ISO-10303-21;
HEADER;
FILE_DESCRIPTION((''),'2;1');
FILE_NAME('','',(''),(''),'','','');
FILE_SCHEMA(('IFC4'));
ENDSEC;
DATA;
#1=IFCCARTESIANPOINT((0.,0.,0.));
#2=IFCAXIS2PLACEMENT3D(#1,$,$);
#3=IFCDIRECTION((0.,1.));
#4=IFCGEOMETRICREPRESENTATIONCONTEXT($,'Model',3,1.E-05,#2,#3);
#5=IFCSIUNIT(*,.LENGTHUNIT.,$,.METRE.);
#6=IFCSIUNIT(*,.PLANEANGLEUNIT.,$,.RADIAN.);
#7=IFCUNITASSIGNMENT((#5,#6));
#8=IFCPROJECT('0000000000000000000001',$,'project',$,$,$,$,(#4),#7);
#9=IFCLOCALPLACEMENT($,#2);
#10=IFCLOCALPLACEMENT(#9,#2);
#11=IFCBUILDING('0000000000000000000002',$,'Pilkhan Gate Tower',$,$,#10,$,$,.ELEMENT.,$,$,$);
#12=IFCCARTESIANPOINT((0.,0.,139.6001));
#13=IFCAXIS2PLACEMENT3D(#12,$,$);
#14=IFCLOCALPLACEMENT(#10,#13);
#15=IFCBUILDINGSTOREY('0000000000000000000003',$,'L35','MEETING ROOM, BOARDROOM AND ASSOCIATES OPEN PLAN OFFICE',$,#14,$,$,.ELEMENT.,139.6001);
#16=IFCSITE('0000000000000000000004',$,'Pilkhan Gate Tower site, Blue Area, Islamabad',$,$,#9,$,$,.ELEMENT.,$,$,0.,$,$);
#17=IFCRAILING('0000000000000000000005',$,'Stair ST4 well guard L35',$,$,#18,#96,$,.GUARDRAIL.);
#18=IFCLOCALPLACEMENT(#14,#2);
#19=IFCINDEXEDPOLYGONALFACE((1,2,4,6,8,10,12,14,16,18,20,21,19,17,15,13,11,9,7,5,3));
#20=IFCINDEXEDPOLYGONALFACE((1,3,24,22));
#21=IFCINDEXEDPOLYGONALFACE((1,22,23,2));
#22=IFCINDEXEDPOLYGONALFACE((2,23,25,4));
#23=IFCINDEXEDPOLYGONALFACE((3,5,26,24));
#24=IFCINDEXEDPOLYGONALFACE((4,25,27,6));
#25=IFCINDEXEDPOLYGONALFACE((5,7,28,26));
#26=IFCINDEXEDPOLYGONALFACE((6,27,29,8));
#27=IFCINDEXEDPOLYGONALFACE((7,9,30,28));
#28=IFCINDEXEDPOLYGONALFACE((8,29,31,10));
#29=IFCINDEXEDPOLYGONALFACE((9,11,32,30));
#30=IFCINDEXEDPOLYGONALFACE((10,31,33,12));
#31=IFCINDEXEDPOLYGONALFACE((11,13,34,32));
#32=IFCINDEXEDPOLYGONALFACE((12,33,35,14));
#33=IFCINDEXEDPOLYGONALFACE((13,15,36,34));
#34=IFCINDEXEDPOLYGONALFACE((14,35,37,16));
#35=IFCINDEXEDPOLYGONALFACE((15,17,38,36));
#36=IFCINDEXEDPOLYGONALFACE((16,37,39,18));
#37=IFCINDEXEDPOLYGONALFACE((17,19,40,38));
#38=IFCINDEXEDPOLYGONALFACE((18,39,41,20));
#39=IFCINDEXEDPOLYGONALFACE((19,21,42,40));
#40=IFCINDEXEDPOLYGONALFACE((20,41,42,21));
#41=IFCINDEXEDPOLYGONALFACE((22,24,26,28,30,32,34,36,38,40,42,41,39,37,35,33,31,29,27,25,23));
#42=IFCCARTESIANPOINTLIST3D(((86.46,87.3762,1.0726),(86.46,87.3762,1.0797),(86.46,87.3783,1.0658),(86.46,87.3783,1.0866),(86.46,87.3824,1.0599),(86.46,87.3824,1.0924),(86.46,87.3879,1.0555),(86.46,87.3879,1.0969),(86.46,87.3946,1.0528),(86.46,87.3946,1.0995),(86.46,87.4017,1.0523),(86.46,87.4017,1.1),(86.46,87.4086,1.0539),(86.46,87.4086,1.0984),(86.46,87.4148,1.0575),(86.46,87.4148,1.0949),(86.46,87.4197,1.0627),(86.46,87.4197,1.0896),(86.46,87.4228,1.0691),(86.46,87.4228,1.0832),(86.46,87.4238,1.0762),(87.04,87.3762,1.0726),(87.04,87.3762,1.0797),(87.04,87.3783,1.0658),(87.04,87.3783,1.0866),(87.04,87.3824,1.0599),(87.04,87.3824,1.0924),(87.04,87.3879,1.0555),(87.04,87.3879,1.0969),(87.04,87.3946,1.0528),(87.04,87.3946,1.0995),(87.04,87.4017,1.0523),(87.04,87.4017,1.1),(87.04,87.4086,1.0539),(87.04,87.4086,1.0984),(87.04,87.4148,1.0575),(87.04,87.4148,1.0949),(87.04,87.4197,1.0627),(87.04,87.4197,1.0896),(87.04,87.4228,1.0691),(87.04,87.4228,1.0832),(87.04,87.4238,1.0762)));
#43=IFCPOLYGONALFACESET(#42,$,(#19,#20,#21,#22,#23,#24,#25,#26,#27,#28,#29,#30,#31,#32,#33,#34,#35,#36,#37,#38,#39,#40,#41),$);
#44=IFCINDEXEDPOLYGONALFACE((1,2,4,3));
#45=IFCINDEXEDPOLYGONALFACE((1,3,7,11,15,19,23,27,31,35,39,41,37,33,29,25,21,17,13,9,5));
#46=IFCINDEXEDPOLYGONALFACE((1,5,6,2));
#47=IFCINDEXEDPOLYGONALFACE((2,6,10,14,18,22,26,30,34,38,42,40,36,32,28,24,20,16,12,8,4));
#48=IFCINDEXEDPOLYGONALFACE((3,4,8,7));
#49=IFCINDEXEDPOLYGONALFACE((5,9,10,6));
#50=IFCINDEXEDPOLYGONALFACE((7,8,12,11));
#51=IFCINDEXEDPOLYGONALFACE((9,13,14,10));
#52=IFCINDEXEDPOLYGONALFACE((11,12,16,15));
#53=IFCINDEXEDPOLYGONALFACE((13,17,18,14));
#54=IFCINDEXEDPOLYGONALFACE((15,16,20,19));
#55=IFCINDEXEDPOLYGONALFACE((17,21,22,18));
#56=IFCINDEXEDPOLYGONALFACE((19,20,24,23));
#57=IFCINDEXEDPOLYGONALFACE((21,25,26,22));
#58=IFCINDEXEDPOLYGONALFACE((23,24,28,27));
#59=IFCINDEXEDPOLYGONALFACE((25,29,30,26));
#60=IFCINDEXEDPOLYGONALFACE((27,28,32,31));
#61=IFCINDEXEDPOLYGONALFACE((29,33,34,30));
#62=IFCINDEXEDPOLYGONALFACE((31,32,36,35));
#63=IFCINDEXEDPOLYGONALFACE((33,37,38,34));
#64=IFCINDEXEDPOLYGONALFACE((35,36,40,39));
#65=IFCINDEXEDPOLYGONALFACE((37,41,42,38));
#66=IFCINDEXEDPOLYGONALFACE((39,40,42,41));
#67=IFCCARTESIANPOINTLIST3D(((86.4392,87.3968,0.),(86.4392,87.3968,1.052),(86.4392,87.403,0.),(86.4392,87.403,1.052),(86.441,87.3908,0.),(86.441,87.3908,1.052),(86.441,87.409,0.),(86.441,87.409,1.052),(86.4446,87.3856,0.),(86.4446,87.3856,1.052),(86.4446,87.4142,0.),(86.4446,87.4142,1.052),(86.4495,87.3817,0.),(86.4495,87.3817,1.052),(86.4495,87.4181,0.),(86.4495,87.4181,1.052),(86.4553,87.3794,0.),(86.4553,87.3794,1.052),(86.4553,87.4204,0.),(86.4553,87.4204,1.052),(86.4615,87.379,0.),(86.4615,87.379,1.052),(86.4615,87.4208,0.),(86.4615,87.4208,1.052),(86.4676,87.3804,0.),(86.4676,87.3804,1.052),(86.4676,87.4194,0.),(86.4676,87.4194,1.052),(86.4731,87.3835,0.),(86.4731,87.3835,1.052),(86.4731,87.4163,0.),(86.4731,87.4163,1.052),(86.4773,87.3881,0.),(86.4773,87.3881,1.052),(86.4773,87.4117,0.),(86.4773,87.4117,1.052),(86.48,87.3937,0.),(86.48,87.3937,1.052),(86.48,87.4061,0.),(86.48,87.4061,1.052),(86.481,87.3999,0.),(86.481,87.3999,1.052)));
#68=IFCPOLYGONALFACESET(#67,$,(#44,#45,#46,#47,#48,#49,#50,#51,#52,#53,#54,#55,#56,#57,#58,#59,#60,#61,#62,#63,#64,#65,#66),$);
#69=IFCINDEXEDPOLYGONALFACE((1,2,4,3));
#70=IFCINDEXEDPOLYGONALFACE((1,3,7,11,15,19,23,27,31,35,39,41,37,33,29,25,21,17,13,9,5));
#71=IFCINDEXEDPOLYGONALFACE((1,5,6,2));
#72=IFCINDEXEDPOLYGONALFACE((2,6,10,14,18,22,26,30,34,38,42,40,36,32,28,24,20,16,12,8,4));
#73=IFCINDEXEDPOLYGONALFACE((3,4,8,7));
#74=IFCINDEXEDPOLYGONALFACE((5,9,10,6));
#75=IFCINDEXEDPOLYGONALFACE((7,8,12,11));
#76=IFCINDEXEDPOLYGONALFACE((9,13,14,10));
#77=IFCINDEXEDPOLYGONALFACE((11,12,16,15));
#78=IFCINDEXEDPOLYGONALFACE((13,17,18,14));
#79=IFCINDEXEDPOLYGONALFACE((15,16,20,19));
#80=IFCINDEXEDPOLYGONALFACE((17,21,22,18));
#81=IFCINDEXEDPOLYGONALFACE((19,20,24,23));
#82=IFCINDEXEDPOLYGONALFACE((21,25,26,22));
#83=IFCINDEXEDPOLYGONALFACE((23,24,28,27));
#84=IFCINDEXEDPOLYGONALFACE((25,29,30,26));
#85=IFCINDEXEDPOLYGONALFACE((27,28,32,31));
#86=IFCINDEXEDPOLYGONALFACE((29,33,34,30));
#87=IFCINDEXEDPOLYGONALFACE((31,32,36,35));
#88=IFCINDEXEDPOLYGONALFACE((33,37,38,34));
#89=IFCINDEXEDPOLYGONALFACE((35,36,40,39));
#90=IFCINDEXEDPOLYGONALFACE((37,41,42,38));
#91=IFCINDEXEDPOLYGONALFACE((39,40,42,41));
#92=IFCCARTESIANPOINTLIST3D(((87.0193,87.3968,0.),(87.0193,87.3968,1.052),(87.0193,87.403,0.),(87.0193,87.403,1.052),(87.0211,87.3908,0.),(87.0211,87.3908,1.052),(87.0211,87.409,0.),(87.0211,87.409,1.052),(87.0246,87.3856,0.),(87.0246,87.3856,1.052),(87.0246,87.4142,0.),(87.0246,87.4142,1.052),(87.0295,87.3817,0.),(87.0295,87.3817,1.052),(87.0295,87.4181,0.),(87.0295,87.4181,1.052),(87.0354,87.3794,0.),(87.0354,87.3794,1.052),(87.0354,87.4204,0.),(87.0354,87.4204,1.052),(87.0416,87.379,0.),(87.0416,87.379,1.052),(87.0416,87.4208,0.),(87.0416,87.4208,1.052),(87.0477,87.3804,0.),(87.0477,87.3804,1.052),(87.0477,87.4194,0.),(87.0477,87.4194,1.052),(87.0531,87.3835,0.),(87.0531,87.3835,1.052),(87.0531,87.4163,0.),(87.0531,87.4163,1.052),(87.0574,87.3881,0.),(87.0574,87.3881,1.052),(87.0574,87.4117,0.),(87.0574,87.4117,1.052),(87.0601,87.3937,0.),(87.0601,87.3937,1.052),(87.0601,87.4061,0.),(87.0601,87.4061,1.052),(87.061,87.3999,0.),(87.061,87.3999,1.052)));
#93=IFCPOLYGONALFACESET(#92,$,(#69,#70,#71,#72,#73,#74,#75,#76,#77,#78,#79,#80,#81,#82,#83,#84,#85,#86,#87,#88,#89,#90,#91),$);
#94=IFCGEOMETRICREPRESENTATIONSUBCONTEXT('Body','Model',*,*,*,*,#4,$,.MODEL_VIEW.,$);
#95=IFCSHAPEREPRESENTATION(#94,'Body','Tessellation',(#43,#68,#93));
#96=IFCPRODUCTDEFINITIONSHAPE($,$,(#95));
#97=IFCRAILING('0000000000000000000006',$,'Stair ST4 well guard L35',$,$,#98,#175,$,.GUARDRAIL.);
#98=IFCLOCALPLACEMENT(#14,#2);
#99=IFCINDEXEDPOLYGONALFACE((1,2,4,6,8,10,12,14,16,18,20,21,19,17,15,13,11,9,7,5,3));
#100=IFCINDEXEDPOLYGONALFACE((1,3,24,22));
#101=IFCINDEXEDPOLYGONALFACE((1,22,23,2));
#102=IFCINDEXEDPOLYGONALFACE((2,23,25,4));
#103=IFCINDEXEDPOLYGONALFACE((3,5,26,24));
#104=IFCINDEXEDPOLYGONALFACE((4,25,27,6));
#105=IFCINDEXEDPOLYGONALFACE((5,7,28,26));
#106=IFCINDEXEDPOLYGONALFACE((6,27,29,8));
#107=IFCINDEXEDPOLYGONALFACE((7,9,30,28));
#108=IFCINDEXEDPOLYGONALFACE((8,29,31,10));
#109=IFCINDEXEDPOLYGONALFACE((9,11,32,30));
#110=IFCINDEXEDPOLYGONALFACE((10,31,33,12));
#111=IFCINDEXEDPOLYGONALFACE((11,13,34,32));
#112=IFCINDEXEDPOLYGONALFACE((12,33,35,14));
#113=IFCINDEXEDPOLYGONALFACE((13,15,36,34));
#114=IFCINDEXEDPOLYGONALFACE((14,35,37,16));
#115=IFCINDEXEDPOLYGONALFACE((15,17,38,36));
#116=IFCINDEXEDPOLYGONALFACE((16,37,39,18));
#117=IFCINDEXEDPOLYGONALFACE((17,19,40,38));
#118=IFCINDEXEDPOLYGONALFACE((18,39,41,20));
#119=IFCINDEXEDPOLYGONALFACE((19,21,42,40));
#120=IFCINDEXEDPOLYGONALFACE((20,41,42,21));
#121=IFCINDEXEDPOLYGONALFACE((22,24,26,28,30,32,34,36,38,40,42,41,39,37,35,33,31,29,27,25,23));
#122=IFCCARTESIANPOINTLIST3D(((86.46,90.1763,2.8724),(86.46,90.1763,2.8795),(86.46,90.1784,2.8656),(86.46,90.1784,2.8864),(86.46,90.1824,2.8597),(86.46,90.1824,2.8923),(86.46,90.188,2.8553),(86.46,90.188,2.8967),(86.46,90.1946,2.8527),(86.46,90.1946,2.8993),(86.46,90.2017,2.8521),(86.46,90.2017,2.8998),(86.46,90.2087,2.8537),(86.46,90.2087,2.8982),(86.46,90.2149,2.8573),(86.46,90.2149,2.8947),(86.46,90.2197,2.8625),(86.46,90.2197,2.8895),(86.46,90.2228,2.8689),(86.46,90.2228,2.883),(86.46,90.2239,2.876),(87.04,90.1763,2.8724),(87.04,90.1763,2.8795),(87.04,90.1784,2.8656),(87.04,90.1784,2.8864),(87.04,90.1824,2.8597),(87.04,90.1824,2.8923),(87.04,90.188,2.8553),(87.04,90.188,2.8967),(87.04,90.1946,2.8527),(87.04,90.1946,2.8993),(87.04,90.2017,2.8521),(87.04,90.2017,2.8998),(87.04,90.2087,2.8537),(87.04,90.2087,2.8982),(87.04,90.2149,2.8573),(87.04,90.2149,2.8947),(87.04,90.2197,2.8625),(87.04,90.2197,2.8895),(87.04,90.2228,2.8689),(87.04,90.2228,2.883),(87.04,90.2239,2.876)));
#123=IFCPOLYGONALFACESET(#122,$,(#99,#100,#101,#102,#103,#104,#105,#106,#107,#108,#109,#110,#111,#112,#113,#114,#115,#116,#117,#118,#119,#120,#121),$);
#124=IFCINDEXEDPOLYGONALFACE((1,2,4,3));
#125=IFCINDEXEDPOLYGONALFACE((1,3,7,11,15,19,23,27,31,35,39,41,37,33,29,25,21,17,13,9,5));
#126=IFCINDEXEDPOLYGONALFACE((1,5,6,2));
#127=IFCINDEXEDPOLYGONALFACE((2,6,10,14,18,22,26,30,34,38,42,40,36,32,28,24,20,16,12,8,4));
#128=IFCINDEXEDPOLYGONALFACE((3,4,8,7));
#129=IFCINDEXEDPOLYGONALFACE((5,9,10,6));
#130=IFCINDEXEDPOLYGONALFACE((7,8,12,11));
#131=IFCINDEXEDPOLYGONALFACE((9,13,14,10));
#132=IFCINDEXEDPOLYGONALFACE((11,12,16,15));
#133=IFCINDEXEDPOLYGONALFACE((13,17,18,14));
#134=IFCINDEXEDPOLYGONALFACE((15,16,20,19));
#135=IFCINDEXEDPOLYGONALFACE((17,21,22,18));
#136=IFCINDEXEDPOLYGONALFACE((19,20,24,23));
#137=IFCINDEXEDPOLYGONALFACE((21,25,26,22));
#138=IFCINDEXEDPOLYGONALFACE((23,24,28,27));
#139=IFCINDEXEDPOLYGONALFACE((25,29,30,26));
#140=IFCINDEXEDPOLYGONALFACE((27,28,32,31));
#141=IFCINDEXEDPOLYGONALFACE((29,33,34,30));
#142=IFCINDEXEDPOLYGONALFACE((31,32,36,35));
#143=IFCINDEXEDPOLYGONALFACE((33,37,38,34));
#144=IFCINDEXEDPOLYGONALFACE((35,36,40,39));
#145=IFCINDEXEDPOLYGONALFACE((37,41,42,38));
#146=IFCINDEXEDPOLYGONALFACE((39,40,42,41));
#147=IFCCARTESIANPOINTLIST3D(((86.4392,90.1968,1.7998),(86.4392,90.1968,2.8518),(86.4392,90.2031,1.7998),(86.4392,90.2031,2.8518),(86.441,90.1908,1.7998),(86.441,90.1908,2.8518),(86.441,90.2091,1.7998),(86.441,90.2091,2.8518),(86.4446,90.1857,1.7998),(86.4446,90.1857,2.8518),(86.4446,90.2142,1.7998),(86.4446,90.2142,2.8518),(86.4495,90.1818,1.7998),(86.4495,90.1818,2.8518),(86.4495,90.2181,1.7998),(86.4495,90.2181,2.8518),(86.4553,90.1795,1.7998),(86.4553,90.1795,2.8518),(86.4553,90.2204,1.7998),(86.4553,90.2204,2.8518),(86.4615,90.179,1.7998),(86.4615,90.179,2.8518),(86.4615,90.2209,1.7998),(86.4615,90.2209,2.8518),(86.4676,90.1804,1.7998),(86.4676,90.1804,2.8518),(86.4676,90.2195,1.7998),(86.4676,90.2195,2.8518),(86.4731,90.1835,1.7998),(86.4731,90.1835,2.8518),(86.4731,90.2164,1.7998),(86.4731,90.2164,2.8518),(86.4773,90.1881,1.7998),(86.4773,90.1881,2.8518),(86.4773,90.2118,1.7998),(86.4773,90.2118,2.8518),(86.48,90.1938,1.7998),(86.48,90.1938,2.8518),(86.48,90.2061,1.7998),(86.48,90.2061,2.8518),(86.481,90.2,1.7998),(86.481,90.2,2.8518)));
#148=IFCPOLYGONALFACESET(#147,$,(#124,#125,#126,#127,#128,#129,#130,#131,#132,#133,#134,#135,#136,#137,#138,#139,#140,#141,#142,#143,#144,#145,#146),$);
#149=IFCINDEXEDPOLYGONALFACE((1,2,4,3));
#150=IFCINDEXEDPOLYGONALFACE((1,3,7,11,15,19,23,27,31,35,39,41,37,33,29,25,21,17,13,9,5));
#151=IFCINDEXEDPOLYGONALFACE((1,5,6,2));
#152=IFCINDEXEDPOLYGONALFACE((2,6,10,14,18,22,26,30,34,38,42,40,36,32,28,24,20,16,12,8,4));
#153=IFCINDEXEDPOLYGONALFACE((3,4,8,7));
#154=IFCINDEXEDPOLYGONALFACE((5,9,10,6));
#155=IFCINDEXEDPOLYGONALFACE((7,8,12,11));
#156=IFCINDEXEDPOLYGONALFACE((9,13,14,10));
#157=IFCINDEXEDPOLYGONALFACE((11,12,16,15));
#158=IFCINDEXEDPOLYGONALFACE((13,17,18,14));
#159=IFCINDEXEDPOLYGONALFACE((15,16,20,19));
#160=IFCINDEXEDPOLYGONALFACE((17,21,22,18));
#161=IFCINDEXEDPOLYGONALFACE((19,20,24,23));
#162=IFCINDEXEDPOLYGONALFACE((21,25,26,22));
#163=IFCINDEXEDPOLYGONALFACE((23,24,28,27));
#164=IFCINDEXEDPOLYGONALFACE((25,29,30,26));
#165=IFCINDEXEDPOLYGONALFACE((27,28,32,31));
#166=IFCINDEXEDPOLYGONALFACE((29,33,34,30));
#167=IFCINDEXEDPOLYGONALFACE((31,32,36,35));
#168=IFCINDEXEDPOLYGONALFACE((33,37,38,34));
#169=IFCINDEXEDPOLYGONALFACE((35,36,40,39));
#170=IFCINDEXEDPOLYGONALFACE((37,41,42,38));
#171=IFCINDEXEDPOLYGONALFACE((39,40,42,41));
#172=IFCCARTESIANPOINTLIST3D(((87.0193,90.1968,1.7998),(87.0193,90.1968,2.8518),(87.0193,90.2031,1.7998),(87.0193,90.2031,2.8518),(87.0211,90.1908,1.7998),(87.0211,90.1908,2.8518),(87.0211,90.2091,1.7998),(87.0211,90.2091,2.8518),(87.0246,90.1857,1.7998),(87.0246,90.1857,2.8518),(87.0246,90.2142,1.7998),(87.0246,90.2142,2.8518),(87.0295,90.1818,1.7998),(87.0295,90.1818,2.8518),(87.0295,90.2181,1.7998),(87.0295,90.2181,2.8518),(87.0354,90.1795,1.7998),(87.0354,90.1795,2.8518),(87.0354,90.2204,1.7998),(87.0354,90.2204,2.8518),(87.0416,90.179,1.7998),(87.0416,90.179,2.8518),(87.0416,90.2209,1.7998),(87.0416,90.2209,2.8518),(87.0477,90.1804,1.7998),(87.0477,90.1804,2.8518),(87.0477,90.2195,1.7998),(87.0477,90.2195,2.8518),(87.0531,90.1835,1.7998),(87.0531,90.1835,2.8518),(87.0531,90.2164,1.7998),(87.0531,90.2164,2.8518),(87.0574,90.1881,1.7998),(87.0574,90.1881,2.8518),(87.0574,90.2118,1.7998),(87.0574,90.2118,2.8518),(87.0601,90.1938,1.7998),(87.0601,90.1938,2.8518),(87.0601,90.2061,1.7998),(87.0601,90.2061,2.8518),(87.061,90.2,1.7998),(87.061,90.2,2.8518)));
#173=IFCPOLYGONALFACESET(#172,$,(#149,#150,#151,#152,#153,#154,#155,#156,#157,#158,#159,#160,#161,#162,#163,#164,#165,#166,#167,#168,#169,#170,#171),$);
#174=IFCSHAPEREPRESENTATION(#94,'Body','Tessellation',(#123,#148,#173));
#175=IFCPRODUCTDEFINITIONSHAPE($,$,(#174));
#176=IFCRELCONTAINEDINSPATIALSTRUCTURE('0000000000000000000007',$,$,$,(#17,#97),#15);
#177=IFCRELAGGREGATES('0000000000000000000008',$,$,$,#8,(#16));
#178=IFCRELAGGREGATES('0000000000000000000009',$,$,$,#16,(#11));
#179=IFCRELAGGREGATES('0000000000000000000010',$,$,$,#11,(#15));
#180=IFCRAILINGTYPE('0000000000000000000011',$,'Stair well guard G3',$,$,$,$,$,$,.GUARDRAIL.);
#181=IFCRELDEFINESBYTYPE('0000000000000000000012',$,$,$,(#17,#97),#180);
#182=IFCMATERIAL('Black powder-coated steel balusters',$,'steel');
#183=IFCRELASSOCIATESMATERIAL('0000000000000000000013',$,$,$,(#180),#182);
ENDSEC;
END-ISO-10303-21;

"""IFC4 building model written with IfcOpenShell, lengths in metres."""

from ifc_helpers import new_model, si_unit, direction, frame, origin, origin_2d, place, context, subcontext, project, spatial, circle, extrude, material, type_object, element, save


model = new_model("IFC4")

# Units and contexts
model_context = context("Model", 3, precision=1e-05, world=origin(), true_north=direction((0.0, 1.0)))
body_context = subcontext(model_context, "Body", "Model", "MODEL_VIEW")
ifc_project = project(units=[si_unit("LENGTHUNIT", "METRE"), si_unit("PLANEANGLEUNIT", "RADIAN")], contexts=[model_context])

# Site, building, storey
site_placement = place(None, origin())
site = spatial("IfcSite", under=ifc_project, at=site_placement, Name="Pilkhan Gate Tower site, Blue Area, Islamabad", CompositionType="ELEMENT", RefElevation=0.0)
building_placement = place(site_placement, origin())
building = spatial("IfcBuilding", under=site, at=building_placement, Name="Pilkhan Gate Tower", CompositionType="ELEMENT")
storey_placement = place(building_placement, frame((0.0, 0.0, 139.6001)))
storey = spatial("IfcBuildingStorey", under=building, at=storey_placement, Name="L35", Description="MEETING ROOM, BOARDROOM AND ASSOCIATES OPEN PLAN OFFICE", CompositionType="ELEMENT", Elevation=139.6001)

# Railings
ifc_material_1 = material(Name="Black powder-coated steel balusters", Category="steel")
railing_type_1 = type_object("IfcRailingType", Name="Stair well guard G3", PredefinedType="GUARDRAIL", material=ifc_material_1)
for number, where, name in (
    (1, (86.46, 87.3999, 0.0), "Stair ST4 well guard L35"),
    (2, (86.46, 90.2, 1.7998), "Stair ST4 well guard L35"),
):
    element("IfcRailing", number, at=place(storey_placement, frame(where)), inside=storey, type_object=railing_type_1, Name=name, PredefinedType="GUARDRAIL", context=body_context, shape_type="SweptSolid", body=[
        extrude(circle(Radius=0.0239, at=origin_2d()), frame((0.0, 0.0, 1.0762), z_axis=(1.0, 0.0, 0.0), x_axis=(0.0, 1.0, 0.0)), (0.0, 0.0, 1.0), 0.5801),
        extrude(circle(Radius=0.021, at=origin_2d()), origin(), (0.0, 0.0, 1.0), 1.052),
        extrude(circle(Radius=0.021, at=origin_2d()), frame((0.5801, 0.0, 0.0)), (0.0, 0.0, 1.0), 1.052),
    ])

save(model, "model.ifc")
